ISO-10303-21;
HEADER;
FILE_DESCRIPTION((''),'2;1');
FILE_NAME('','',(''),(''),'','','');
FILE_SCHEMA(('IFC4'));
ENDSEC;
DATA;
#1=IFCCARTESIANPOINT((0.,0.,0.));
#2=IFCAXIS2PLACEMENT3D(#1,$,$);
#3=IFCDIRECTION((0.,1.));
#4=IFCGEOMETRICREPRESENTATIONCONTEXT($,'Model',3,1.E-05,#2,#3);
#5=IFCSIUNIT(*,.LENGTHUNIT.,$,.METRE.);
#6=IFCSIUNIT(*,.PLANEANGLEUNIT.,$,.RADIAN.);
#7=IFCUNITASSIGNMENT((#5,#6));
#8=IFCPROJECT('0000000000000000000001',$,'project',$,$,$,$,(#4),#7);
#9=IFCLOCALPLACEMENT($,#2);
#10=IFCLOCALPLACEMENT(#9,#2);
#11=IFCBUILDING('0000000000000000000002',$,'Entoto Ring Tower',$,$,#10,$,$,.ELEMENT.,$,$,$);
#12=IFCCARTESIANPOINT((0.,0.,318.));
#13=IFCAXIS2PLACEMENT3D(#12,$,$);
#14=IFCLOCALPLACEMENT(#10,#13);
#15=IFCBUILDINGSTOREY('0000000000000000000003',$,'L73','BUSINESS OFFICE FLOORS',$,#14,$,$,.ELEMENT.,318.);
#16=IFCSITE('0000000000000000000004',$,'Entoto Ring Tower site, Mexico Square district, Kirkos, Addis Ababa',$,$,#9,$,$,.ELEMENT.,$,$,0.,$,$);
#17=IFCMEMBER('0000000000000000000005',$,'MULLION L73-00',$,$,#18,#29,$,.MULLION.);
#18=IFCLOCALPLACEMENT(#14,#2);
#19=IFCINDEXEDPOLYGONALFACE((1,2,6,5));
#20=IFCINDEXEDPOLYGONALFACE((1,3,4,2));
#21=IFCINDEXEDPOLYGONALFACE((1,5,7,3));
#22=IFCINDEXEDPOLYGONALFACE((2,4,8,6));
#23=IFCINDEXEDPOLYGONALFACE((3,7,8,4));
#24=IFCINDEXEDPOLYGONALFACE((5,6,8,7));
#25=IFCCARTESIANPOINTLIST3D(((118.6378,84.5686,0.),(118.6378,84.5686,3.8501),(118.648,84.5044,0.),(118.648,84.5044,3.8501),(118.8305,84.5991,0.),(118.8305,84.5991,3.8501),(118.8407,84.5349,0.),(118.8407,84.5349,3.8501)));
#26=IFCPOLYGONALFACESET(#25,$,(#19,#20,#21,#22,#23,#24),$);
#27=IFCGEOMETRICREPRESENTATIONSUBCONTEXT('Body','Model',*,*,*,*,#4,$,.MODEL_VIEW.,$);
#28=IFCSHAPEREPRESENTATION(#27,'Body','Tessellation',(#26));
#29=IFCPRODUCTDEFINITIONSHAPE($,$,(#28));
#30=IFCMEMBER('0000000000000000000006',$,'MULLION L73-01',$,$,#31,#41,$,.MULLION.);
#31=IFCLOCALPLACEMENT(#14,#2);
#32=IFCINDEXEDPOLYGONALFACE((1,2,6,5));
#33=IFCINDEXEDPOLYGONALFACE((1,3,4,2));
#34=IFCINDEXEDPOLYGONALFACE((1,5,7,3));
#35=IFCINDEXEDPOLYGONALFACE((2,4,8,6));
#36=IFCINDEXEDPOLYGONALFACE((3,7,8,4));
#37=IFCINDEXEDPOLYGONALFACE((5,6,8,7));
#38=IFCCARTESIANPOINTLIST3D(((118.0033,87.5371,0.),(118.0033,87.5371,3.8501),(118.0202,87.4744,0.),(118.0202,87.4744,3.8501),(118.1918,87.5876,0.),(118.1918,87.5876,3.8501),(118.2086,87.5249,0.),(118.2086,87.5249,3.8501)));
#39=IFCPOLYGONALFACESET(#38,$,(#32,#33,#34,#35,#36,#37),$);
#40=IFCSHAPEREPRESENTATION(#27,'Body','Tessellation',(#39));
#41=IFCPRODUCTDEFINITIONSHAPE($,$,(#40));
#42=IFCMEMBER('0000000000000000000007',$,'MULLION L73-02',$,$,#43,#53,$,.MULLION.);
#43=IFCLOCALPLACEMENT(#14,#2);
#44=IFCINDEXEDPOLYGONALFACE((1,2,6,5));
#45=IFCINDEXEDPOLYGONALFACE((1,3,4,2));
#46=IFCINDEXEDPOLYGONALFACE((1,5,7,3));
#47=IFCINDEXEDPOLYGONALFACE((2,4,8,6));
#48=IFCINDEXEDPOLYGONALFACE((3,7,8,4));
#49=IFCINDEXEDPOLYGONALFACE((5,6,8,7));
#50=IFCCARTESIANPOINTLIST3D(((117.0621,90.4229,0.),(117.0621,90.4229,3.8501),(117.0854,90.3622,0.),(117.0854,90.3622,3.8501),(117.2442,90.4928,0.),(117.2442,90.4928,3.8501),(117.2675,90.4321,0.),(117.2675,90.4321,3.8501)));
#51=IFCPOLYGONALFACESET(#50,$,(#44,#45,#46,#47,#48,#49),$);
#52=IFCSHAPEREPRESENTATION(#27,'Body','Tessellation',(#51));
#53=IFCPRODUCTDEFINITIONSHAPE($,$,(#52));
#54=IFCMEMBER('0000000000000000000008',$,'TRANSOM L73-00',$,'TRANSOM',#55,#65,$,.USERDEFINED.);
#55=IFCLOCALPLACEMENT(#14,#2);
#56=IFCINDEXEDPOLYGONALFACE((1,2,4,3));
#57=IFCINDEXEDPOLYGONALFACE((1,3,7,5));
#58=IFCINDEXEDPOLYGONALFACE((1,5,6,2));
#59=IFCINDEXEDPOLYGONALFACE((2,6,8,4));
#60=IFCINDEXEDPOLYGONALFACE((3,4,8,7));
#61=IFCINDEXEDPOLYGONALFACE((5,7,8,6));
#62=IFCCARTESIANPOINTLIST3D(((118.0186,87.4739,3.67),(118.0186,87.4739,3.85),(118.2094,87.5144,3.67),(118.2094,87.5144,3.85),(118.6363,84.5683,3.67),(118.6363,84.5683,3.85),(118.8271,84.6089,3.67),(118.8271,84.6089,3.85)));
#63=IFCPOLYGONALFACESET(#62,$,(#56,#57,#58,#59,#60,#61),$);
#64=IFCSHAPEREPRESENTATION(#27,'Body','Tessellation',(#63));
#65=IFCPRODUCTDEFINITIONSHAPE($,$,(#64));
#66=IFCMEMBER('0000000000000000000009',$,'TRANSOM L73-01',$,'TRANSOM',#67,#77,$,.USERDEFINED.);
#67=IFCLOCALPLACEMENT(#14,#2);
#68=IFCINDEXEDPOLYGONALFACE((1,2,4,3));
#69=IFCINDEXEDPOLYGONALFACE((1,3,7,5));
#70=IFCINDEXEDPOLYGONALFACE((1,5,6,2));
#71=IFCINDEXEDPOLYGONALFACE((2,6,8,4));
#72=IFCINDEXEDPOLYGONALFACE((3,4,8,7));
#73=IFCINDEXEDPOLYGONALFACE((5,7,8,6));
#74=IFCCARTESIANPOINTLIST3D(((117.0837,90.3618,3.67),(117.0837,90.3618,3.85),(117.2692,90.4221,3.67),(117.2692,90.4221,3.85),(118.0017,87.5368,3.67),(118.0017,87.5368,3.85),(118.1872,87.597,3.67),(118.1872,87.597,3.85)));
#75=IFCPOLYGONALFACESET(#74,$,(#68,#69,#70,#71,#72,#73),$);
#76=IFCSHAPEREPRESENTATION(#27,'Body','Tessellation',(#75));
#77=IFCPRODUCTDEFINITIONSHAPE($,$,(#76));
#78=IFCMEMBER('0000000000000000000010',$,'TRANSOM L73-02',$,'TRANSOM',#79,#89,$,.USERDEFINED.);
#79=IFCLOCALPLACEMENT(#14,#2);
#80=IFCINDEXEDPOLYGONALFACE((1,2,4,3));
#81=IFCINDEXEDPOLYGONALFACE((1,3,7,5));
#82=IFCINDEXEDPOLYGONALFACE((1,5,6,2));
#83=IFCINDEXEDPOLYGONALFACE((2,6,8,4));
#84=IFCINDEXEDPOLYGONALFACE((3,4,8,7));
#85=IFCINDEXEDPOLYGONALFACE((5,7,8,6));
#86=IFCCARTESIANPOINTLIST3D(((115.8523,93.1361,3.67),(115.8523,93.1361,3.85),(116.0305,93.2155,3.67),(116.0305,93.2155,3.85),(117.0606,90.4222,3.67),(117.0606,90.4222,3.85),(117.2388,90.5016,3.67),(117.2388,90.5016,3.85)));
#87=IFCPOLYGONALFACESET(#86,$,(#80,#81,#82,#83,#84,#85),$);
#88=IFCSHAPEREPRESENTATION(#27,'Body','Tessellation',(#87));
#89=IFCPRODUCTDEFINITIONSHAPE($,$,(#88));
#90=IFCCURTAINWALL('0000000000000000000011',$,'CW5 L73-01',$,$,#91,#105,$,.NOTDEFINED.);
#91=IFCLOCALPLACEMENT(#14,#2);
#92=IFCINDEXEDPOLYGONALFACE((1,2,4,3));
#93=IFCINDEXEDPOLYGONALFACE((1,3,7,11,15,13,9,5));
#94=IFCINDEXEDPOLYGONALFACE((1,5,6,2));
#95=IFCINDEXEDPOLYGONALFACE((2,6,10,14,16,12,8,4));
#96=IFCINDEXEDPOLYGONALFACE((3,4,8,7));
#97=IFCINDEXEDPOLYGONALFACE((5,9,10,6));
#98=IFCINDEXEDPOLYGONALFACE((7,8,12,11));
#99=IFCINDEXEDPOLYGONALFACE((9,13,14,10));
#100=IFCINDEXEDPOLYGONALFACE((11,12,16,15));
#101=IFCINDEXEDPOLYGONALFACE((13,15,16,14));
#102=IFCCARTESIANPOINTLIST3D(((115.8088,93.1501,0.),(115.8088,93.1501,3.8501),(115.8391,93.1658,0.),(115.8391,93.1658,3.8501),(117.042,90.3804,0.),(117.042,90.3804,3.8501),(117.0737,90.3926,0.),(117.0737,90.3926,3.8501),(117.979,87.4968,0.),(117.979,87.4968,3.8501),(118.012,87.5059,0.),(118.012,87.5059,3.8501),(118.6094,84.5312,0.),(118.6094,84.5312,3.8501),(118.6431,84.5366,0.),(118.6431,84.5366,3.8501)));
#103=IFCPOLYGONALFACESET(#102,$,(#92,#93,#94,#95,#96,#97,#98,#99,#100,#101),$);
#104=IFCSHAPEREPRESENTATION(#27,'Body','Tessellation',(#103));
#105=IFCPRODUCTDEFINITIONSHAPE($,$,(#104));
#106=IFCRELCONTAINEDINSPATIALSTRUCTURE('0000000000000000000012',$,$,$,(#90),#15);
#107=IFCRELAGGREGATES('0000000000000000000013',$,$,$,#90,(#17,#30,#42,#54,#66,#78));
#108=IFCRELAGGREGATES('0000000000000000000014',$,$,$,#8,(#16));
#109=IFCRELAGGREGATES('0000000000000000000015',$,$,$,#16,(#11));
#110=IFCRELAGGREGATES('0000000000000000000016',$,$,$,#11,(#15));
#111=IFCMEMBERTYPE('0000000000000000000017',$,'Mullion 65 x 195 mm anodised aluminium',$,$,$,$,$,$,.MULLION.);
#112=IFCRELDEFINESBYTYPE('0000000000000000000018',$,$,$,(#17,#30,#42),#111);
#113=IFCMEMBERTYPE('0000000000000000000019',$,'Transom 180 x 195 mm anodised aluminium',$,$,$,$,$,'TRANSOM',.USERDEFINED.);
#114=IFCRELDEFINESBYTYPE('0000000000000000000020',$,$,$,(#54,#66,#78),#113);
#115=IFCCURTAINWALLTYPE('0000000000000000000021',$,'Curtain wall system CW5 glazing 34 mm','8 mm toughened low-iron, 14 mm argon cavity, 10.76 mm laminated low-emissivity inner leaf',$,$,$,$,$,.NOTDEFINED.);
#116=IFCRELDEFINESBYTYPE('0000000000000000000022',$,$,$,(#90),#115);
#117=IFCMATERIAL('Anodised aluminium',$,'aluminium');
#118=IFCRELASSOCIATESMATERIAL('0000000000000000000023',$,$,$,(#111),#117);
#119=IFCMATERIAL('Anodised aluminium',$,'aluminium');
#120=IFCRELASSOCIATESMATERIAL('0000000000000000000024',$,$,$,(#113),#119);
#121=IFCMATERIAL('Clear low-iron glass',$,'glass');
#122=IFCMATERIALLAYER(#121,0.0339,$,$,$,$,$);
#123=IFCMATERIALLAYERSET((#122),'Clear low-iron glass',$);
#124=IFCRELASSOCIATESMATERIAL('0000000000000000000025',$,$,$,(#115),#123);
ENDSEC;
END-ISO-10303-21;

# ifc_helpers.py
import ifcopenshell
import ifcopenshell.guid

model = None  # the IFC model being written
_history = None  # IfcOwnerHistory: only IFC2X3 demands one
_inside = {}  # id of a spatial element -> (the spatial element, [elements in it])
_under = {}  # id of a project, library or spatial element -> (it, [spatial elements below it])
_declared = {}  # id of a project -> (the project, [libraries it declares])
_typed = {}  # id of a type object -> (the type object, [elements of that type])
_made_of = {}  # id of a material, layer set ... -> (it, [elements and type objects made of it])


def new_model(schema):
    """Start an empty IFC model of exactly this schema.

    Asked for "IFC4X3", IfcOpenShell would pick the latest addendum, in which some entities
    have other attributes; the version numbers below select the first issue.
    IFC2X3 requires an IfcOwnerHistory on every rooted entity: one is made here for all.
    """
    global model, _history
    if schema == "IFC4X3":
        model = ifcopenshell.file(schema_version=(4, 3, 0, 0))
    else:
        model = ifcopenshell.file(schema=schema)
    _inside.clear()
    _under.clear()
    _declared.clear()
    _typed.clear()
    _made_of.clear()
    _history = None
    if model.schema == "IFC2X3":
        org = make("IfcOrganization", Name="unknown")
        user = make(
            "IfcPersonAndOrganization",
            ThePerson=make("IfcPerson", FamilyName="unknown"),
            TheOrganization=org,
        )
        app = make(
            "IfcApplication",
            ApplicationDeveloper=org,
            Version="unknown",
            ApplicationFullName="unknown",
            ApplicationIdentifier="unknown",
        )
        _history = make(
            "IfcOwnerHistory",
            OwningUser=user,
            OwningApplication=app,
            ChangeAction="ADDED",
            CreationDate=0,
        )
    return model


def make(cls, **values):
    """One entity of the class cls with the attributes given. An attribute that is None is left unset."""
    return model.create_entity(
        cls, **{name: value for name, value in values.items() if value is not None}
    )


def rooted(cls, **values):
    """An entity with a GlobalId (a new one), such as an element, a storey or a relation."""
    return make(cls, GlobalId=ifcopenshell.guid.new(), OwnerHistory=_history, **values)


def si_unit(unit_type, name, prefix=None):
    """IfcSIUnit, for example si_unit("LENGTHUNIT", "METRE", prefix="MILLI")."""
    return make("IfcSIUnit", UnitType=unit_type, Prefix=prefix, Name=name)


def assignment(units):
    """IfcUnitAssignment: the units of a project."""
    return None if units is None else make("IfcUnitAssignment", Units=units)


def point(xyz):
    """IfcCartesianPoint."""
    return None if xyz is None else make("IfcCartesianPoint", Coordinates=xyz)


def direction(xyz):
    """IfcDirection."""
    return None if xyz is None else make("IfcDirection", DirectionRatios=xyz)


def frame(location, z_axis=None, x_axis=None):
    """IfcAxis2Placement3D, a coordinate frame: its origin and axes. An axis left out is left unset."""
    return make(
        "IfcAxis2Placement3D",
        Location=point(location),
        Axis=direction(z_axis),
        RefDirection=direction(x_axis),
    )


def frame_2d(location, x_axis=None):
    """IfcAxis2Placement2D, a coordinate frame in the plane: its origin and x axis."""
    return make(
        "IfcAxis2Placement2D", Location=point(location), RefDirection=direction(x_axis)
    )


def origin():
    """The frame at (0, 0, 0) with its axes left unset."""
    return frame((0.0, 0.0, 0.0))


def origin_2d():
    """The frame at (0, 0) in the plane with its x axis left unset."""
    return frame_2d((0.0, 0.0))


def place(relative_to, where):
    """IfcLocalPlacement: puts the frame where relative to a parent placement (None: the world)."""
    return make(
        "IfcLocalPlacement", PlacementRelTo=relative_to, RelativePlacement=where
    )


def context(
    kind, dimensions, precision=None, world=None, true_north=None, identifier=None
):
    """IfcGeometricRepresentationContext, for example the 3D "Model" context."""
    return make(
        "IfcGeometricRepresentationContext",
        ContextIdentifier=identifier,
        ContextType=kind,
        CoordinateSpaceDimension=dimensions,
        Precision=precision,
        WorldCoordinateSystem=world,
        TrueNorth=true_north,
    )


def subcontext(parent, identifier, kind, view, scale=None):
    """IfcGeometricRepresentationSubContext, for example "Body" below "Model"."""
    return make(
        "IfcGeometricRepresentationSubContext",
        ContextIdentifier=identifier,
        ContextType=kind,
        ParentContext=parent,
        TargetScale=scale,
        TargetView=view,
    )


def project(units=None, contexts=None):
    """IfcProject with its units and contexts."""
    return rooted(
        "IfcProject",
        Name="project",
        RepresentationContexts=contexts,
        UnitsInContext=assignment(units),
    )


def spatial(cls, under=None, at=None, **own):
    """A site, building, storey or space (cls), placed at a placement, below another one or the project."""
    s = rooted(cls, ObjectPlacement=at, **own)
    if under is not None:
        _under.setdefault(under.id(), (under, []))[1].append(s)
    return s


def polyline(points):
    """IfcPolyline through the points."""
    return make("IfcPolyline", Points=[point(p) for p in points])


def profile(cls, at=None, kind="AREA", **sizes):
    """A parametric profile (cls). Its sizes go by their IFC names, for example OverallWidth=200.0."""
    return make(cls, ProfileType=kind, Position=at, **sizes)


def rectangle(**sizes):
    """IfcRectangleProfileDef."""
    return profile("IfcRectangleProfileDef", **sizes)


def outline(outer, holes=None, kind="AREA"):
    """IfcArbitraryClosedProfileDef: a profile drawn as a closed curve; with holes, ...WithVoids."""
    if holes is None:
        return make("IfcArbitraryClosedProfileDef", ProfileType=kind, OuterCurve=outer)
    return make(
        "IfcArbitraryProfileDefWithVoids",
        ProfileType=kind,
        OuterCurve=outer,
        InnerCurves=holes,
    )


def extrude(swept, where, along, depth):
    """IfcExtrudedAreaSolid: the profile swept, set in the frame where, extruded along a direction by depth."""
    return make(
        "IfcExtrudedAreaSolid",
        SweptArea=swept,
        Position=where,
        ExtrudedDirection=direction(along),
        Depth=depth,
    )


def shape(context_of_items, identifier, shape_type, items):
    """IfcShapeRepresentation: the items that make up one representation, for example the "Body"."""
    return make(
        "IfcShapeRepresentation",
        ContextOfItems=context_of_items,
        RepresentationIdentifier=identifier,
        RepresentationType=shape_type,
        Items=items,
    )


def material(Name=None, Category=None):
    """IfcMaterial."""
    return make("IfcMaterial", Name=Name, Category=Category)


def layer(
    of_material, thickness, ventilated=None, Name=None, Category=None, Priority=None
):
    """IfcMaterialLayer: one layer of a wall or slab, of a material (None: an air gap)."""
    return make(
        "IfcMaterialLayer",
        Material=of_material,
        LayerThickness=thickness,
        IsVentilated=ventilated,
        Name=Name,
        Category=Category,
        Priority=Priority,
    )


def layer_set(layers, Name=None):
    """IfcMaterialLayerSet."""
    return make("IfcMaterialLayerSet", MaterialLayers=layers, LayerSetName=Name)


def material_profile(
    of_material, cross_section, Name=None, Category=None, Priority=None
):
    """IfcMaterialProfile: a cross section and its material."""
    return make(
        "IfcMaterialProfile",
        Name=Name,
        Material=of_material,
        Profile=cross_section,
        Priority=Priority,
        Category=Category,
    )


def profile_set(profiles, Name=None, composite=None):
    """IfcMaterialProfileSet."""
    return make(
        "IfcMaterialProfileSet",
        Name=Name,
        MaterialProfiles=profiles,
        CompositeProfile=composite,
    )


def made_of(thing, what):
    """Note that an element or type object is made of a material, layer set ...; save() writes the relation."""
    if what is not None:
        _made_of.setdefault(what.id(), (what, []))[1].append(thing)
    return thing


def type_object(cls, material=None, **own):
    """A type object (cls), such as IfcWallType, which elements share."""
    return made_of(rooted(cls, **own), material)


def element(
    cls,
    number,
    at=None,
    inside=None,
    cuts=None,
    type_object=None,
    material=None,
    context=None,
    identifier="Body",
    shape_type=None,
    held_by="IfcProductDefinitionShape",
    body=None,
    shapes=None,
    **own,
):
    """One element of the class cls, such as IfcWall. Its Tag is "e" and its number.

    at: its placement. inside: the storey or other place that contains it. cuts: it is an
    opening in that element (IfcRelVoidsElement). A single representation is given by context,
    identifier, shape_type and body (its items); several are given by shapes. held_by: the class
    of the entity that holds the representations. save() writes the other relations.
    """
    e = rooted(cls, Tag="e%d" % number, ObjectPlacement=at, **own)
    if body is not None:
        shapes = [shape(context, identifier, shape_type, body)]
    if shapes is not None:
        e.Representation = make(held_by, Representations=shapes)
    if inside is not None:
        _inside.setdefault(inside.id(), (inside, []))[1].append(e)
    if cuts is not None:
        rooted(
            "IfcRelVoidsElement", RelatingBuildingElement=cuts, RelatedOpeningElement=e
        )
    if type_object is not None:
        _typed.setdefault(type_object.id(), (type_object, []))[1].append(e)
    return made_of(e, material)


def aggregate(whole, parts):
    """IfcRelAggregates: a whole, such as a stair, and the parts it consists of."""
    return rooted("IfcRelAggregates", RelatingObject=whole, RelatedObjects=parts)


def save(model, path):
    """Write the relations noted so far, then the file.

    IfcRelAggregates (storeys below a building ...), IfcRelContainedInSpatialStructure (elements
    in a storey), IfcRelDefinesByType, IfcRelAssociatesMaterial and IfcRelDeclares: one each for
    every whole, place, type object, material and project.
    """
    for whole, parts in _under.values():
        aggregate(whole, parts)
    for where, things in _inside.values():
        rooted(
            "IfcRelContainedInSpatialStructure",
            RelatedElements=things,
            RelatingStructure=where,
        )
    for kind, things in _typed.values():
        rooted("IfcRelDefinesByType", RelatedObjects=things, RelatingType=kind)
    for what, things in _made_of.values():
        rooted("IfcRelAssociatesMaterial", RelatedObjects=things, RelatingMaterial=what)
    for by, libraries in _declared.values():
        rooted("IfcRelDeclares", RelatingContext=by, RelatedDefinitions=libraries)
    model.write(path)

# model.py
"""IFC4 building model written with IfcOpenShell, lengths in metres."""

from ifc_helpers import new_model, si_unit, direction, frame, origin, origin_2d, place, context, subcontext, project, spatial, polyline, rectangle, outline, extrude, material, layer, layer_set, material_profile, profile_set, type_object, element, aggregate, save


model = new_model("IFC4")

# Units and contexts
model_context = context("Model", 3, precision=1e-05, world=origin(), true_north=direction((0.0, 1.0)))
body_context = subcontext(model_context, "Body", "Model", "MODEL_VIEW")
ifc_project = project(units=[si_unit("LENGTHUNIT", "METRE"), si_unit("PLANEANGLEUNIT", "RADIAN")], contexts=[model_context])

# Members
ifc_material_1 = material(Name="Anodised aluminium", Category="aluminium")
ifc_material_profile_1 = material_profile(ifc_material_1, rectangle(XDim=0.0649, YDim=0.1951, at=origin_2d()), Name="Mullion 65 x 195 mm anodised aluminium")
ifc_profile_set_1 = profile_set([ifc_material_profile_1], Name="Anodised aluminium")
member_type_1 = type_object("IfcMemberType", Name="Mullion 65 x 195 mm anodised aluminium", PredefinedType="MULLION", material=ifc_profile_set_1)
site_placement = place(None, origin())
building_placement = place(site_placement, origin())
storey_placement = place(building_placement, frame((0.0, 0.0, 318.0)))
member_1_placement = place(storey_placement, frame((118.7393, 84.5518, 0.0), z_axis=(0.0, 0.0, 1.0), x_axis=(-0.156434, 0.987688, 0.0)))
member_1 = element("IfcMember", 1, at=member_1_placement, type_object=member_type_1, Name="MULLION L73-00", PredefinedType="MULLION", context=body_context, shape_type="SweptSolid", body=[
    extrude(rectangle(XDim=0.0649, YDim=0.1951, at=origin_2d()), origin(), (0.0, 0.0, 1.0), 3.8501),
])
member_2_placement = place(storey_placement, frame((118.106, 87.531, 0.0), z_axis=(0.0, 0.0, 1.0), x_axis=(-0.258819, 0.965926, 0.0)))
member_2 = element("IfcMember", 2, at=member_2_placement, type_object=member_type_1, Name="MULLION L73-01", PredefinedType="MULLION", context=body_context, shape_type="SweptSolid", body=[
    extrude(rectangle(XDim=0.0649, YDim=0.1951, at=origin_2d()), origin(), (0.0, 0.0, 1.0), 3.8501),
])
member_3_placement = place(storey_placement, frame((117.1648, 90.4275, 0.0), z_axis=(0.0, 0.0, 1.0), x_axis=(-0.358368, 0.93358, 0.0)))
member_3 = element("IfcMember", 3, at=member_3_placement, type_object=member_type_1, Name="MULLION L73-02", PredefinedType="MULLION", context=body_context, shape_type="SweptSolid", body=[
    extrude(rectangle(XDim=0.0649, YDim=0.1951, at=origin_2d()), origin(), (0.0, 0.0, 1.0), 3.8501),
])
ifc_material_2 = material(Name="Anodised aluminium", Category="aluminium")
ifc_material_profile_2 = material_profile(ifc_material_2, rectangle(XDim=0.1951, YDim=0.1799, at=origin_2d()), Name="Transom 180 x 195 mm anodised aluminium")
ifc_profile_set_2 = profile_set([ifc_material_profile_2], Name="Anodised aluminium")
member_type_2 = type_object("IfcMemberType", Name="Transom 180 x 195 mm anodised aluminium", ElementType="TRANSOM", PredefinedType="USERDEFINED", material=ifc_profile_set_2)
member_4_placement = place(storey_placement, frame((118.7317, 84.5886, 3.76), z_axis=(-0.20794, 0.978142, 0.0), x_axis=(-0.978142, -0.20794, 0.0)))
member_4 = element("IfcMember", 4, at=member_4_placement, type_object=member_type_2, Name="TRANSOM L73-00", ObjectType="TRANSOM", PredefinedType="USERDEFINED", context=body_context, shape_type="SweptSolid", body=[
    extrude(rectangle(XDim=0.1951, YDim=0.1799, at=origin_2d()), origin(), (0.0, 0.0, 1.0), 2.9705),
])
member_5_placement = place(storey_placement, frame((118.0945, 87.5669, 3.76), z_axis=(-0.309043, 0.951048, 0.0), x_axis=(-0.951048, -0.309043, 0.0)))
member_5 = element("IfcMember", 5, at=member_5_placement, type_object=member_type_2, Name="TRANSOM L73-01", ObjectType="TRANSOM", PredefinedType="USERDEFINED", context=body_context, shape_type="SweptSolid", body=[
    extrude(rectangle(XDim=0.1951, YDim=0.1799, at=origin_2d()), origin(), (0.0, 0.0, 1.0), 2.9705),
])
member_6_placement = place(storey_placement, frame((117.1497, 90.4619, 3.76), z_axis=(-0.406726, 0.91355, 0.0), x_axis=(-0.91355, -0.406726, 0.0)))
member_6 = element("IfcMember", 6, at=member_6_placement, type_object=member_type_2, Name="TRANSOM L73-02", ObjectType="TRANSOM", PredefinedType="USERDEFINED", context=body_context, shape_type="SweptSolid", body=[
    extrude(rectangle(XDim=0.1951, YDim=0.1799, at=origin_2d()), origin(), (0.0, 0.0, 1.0), 2.9707),
])

# Site, building, storey
site = spatial("IfcSite", under=ifc_project, at=site_placement, Name="Entoto Ring Tower site, Mexico Square district, Kirkos, Addis Ababa", CompositionType="ELEMENT", RefElevation=0.0)
building = spatial("IfcBuilding", under=site, at=building_placement, Name="Entoto Ring Tower", CompositionType="ELEMENT")
storey = spatial("IfcBuildingStorey", under=building, at=storey_placement, Name="L73", Description="BUSINESS OFFICE FLOORS", CompositionType="ELEMENT", Elevation=318.0)

# Curtain wall
ifc_material_3 = material(Name="Clear low-iron glass", Category="glass")
ifc_layer_1 = layer(ifc_material_3, 0.0339)
ifc_layer_set_1 = layer_set([ifc_layer_1], Name="Clear low-iron glass")
curtain_wall_type = type_object("IfcCurtainWallType", Name="Curtain wall system CW5 glazing 34 mm", Description="8 mm toughened low-iron, 14 mm argon cavity, 10.76 mm laminated low-emissivity inner leaf", PredefinedType="NOTDEFINED", material=ifc_layer_set_1)
curtain_wall_1_placement = place(storey_placement, origin())
curtain_wall_1 = element("IfcCurtainWall", 7, at=curtain_wall_1_placement, inside=storey, type_object=curtain_wall_type, Name="CW5 L73-01", PredefinedType="NOTDEFINED", context=body_context, shape_type="SweptSolid", body=[
    extrude(outline(polyline([(118.6431, 84.5366), (118.012, 87.5059), (117.0737, 90.3926), (115.8391, 93.1658), (115.8088, 93.1501), (117.042, 90.3804), (117.979, 87.4968), (118.6094, 84.5312), (118.6431, 84.5366)])), origin(), (0.0, 0.0, 1.0), 3.8501),
])
aggregate(curtain_wall_1, [member_1, member_2, member_3, member_4, member_5, member_6])

save(model, "model.ifc")
